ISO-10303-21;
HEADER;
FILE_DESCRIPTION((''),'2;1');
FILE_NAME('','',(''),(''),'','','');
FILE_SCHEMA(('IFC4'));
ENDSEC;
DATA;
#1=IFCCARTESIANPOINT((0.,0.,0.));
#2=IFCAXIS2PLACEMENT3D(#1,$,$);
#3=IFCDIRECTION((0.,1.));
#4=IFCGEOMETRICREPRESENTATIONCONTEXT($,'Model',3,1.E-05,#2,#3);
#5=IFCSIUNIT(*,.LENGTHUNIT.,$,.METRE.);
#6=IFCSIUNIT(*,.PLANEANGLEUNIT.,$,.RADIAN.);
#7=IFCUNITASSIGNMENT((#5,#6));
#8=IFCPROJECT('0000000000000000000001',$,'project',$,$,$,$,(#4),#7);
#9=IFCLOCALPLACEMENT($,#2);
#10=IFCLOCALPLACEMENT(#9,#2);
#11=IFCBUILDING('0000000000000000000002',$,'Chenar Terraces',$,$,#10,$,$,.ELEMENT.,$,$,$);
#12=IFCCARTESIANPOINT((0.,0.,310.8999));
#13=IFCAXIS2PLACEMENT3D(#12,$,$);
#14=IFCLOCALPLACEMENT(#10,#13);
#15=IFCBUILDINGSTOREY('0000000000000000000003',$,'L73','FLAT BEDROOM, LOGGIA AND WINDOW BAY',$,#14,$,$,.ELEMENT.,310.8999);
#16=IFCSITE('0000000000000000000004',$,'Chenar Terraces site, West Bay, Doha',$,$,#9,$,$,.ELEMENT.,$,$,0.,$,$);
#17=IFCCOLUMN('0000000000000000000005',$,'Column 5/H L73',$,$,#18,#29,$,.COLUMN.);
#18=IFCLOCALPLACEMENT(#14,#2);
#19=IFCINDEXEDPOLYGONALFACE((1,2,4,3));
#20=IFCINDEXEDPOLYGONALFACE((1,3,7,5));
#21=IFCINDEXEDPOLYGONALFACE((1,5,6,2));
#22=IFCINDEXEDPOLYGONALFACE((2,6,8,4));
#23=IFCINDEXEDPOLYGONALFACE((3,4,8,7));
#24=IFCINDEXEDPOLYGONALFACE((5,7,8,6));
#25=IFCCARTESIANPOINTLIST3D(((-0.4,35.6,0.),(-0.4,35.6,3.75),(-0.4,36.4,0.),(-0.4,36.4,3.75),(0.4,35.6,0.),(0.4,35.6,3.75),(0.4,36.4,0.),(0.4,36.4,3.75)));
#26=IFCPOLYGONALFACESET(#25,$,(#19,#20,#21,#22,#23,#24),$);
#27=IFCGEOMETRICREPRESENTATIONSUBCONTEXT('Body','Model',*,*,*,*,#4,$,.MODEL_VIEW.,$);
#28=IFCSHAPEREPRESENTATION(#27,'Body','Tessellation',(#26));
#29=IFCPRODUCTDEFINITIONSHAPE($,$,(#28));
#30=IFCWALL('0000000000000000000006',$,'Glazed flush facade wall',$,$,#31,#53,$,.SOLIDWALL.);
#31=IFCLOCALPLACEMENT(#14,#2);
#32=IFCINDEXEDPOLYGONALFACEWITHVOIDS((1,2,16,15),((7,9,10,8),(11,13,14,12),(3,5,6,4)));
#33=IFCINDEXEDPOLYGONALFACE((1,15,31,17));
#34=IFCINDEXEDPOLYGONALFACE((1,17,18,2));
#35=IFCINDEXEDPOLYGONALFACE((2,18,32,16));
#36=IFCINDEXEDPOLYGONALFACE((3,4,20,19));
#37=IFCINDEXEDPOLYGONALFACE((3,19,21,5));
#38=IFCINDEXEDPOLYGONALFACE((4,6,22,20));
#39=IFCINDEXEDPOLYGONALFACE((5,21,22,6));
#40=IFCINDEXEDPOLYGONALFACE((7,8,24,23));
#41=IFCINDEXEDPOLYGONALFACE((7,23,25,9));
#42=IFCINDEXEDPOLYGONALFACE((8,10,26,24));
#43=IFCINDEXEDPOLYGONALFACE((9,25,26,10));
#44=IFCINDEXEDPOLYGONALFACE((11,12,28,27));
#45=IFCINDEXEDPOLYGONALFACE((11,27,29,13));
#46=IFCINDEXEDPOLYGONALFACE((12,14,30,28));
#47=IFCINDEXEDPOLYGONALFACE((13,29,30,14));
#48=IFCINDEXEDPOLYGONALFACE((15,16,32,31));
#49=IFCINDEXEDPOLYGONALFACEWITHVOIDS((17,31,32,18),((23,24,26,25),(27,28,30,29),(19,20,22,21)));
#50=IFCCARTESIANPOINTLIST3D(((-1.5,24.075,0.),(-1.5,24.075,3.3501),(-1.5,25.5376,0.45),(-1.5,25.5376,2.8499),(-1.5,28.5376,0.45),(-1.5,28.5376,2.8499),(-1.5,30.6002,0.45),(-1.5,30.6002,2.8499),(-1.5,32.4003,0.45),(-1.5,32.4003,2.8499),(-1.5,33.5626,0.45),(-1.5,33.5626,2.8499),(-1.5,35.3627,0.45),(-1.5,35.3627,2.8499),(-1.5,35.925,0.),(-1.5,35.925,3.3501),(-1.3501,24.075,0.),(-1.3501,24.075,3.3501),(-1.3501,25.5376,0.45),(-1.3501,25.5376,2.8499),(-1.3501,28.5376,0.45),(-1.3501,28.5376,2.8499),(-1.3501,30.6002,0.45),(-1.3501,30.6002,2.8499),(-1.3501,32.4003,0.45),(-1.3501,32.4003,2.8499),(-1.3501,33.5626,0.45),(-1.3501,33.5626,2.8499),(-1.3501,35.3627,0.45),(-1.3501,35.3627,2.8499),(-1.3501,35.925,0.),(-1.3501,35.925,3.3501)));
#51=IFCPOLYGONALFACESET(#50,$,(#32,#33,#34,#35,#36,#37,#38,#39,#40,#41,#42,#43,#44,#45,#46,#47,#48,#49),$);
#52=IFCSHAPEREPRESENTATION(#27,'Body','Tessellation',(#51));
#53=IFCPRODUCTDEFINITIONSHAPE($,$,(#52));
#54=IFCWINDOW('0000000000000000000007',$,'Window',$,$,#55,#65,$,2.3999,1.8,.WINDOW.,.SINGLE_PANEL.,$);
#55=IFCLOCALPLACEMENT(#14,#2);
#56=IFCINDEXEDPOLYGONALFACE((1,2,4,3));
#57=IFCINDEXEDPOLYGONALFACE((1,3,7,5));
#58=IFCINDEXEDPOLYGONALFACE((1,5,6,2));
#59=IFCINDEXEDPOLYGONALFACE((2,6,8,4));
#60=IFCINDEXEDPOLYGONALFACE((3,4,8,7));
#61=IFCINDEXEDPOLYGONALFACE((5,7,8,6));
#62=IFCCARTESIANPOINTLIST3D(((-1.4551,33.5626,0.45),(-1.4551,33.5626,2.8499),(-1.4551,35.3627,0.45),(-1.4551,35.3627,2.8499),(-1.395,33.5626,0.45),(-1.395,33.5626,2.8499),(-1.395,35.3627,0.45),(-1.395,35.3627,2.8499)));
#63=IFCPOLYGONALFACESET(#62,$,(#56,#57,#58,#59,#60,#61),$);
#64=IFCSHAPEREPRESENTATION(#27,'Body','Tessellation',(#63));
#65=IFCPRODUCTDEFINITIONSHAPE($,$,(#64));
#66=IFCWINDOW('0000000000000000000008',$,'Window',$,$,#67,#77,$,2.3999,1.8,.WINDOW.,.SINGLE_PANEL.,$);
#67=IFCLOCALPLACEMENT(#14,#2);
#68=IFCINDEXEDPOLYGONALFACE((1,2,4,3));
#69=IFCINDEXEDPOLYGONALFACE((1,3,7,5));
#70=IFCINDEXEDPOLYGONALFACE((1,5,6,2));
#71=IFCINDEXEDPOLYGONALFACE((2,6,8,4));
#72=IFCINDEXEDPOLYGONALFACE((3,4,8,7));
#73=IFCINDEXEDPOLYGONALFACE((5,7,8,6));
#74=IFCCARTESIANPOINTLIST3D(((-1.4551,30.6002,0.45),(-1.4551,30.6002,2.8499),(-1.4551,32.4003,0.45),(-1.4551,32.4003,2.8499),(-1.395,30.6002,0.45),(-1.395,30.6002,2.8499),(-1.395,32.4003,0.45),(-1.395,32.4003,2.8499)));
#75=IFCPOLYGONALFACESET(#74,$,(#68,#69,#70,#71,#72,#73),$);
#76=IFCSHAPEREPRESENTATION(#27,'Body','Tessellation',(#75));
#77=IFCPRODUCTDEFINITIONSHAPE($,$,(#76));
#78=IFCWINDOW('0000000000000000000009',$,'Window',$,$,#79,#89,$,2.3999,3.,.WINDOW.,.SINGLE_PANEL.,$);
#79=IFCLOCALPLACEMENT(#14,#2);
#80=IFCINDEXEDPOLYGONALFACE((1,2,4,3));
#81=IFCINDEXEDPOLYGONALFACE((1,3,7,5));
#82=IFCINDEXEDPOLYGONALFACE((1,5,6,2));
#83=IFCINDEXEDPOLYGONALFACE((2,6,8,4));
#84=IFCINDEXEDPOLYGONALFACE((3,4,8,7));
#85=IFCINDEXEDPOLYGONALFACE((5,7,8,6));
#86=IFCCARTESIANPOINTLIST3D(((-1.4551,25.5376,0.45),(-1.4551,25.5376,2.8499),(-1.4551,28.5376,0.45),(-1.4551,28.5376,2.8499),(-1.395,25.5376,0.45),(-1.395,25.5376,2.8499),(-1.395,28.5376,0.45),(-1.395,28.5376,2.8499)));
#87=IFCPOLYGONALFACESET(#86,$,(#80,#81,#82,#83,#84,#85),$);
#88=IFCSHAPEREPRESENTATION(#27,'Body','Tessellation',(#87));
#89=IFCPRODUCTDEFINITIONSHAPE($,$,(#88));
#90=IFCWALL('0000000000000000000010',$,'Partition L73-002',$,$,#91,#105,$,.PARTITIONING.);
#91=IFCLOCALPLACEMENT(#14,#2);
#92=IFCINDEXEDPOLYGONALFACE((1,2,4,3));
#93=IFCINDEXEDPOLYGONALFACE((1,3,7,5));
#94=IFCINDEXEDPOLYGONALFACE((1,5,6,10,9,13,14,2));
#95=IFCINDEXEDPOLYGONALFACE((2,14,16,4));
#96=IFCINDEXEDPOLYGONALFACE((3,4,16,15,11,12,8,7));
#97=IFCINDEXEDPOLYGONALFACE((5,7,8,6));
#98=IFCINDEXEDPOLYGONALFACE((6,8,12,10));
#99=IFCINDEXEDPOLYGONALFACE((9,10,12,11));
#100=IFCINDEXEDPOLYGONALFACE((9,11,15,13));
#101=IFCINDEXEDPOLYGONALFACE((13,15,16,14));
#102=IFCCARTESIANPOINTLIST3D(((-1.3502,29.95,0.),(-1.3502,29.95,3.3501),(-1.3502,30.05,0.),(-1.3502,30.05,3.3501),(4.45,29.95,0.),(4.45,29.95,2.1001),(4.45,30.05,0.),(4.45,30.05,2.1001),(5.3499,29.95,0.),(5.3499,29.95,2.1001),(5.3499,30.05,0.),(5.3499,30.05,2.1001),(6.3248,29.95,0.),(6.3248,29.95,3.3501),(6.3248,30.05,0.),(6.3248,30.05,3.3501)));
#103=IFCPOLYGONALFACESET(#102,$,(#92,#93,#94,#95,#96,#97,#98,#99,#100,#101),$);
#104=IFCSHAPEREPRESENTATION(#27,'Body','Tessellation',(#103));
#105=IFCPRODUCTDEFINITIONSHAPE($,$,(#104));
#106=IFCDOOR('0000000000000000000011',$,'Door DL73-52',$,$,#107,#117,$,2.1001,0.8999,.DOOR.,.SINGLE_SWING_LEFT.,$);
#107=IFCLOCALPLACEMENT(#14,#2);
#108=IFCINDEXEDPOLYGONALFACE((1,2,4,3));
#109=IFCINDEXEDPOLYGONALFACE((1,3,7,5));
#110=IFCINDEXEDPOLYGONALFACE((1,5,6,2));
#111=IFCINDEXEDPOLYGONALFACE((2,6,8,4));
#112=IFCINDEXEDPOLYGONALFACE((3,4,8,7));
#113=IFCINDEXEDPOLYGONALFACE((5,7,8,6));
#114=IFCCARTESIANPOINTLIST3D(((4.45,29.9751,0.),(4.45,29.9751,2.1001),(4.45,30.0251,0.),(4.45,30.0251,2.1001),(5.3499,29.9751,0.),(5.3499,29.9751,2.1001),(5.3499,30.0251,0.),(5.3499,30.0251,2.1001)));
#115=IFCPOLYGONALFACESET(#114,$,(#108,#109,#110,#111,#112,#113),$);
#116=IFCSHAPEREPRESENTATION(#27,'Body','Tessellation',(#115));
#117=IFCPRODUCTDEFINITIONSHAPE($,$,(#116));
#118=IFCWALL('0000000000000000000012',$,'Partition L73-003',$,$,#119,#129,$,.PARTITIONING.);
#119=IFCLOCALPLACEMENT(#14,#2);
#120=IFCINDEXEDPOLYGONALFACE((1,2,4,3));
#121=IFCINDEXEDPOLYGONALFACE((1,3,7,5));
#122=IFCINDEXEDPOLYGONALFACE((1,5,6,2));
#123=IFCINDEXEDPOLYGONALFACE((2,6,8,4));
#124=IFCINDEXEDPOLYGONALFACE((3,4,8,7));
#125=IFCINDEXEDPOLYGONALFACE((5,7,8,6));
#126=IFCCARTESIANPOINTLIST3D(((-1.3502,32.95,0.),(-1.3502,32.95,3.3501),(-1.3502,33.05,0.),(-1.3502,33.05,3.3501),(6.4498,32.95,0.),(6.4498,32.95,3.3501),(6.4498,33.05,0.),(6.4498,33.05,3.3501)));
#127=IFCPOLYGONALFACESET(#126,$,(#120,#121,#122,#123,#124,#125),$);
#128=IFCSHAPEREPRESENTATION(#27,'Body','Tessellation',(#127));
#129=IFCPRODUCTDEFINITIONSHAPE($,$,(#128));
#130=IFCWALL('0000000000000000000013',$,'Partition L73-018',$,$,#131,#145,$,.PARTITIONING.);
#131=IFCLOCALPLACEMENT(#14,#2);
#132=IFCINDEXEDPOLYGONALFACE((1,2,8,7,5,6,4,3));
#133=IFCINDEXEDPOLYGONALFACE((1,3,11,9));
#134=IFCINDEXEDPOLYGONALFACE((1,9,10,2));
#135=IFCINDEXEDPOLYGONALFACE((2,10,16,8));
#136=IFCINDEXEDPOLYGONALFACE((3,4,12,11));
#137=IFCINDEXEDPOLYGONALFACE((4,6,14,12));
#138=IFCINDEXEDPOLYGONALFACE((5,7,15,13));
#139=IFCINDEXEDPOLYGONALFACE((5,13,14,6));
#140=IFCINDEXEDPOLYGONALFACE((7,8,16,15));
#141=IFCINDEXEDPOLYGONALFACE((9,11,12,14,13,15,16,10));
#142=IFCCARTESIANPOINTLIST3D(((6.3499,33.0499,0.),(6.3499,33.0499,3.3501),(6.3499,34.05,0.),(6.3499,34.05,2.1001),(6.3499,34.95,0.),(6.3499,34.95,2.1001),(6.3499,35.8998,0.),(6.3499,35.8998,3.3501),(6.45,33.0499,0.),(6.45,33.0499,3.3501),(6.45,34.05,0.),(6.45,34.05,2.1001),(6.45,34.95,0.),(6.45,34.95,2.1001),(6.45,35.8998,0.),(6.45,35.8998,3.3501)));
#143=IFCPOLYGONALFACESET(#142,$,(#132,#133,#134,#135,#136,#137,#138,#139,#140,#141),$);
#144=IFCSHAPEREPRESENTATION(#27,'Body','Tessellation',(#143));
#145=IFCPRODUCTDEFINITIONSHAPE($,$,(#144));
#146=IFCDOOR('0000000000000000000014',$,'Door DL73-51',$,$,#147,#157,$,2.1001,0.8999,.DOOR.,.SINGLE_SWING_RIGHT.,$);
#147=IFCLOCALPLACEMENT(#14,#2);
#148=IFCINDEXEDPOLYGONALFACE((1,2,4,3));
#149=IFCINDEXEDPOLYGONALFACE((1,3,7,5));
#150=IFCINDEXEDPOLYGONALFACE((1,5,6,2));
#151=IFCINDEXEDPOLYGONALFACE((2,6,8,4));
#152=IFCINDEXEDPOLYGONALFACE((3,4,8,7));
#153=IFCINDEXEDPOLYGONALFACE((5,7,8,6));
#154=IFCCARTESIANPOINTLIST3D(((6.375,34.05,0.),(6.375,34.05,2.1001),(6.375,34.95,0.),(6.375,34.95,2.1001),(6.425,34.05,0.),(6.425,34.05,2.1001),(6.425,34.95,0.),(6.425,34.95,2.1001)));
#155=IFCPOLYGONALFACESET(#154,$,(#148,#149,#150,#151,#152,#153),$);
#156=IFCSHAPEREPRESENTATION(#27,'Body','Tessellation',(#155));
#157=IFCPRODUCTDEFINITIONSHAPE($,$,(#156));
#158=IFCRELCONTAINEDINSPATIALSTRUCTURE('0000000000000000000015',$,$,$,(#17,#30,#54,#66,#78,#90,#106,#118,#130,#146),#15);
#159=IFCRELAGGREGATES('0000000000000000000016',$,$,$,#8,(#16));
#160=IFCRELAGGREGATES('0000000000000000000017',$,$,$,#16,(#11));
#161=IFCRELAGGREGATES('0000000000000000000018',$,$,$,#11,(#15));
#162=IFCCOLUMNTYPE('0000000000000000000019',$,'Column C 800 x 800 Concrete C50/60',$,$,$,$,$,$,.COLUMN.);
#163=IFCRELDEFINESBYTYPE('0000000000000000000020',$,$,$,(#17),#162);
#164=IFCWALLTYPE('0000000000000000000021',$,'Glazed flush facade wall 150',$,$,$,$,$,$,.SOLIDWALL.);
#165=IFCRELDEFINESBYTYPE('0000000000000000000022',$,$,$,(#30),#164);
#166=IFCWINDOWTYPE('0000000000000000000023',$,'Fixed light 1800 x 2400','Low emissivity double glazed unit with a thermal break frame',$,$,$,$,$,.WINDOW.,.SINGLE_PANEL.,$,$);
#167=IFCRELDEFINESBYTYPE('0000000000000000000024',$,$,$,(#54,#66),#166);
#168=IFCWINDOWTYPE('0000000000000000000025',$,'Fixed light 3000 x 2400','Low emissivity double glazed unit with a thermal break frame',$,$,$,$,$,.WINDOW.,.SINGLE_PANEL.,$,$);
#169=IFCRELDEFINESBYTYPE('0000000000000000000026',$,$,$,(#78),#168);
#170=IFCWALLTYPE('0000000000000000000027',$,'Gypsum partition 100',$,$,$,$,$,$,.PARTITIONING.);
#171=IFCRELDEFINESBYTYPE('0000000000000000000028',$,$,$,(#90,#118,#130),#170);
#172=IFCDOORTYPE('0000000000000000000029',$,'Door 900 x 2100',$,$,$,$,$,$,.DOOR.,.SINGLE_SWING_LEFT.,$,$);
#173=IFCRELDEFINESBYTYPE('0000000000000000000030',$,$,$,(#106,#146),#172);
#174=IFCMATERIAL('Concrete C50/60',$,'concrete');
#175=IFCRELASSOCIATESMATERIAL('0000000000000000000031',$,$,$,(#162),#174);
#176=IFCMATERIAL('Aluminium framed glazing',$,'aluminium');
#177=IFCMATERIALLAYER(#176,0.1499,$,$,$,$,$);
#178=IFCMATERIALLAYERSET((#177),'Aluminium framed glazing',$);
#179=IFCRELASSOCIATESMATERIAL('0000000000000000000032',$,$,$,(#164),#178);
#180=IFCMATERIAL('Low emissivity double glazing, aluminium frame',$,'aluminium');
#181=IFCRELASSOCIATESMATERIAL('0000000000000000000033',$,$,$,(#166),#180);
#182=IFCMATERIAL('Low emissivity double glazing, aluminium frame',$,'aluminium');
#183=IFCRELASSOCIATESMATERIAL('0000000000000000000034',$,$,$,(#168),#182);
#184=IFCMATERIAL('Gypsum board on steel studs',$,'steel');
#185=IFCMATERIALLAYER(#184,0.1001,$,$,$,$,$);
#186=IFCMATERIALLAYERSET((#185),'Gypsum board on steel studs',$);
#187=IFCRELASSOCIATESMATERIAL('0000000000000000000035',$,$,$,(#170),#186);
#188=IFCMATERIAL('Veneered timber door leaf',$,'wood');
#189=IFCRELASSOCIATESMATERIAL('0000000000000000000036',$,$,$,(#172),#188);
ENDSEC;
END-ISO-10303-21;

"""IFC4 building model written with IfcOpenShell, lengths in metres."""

from ifc_helpers import new_model, si_unit, direction, frame, frame_2d, origin, origin_2d, place, context, subcontext, project, spatial, rectangle, extrude, material, layer, layer_set, material_profile, profile_set, type_object, element, fill, save


model = new_model("IFC4")

# Units and contexts
model_context = context("Model", 3, precision=1e-05, world=origin(), true_north=direction((0.0, 1.0)))
body_context = subcontext(model_context, "Body", "Model", "MODEL_VIEW")
ifc_project = project(units=[si_unit("LENGTHUNIT", "METRE"), si_unit("PLANEANGLEUNIT", "RADIAN")], contexts=[model_context])

# Site, building, storey
site_placement = place(None, origin())
site = spatial("IfcSite", under=ifc_project, at=site_placement, Name="Chenar Terraces site, West Bay, Doha", CompositionType="ELEMENT", RefElevation=0.0)
building_placement = place(site_placement, origin())
building = spatial("IfcBuilding", under=site, at=building_placement, Name="Chenar Terraces", CompositionType="ELEMENT")
storey_placement = place(building_placement, frame((0.0, 0.0, 310.8999)))
storey = spatial("IfcBuildingStorey", under=building, at=storey_placement, Name="L73", Description="FLAT BEDROOM, LOGGIA AND WINDOW BAY", CompositionType="ELEMENT", Elevation=310.8999)

# Column
ifc_material_1 = material(Name="Concrete C50/60", Category="concrete")
ifc_material_profile_1 = material_profile(ifc_material_1, rectangle(XDim=0.8, YDim=0.8, at=origin_2d()), Name="C 800 x 800")
ifc_profile_set_1 = profile_set([ifc_material_profile_1], Name="Concrete C50/60")
column_type = type_object("IfcColumnType", Name="Column C 800 x 800 Concrete C50/60", PredefinedType="COLUMN", material=ifc_profile_set_1)
placement = place(storey_placement, frame((0.0, 36.0, 0.0), z_axis=(0.0, 0.0, 1.0), x_axis=(1.0, 0.0, 0.0)))
element("IfcColumn", 1, at=placement, inside=storey, type_object=column_type, Name="Column 5/H L73", PredefinedType="COLUMN", context=body_context, shape_type="SweptSolid", body=[
    extrude(rectangle(XDim=0.8, YDim=0.8, at=origin_2d()), origin(), (0.0, 0.0, 1.0), 3.75),
])

# Wall, openings, windows
ifc_material_2 = material(Name="Aluminium framed glazing", Category="aluminium")
ifc_layer_1 = layer(ifc_material_2, 0.1499)
ifc_layer_set_1 = layer_set([ifc_layer_1], Name="Aluminium framed glazing")
wall_type_1 = type_object("IfcWallType", Name="Glazed flush facade wall 150", PredefinedType="SOLIDWALL", material=ifc_layer_set_1)
wall_1_placement = place(storey_placement, frame((-1.425, 35.925, 0.0), z_axis=(0.0, 0.0, 1.0), x_axis=(0.0, -1.0, 0.0)))
wall_1 = element("IfcWall", 2, at=wall_1_placement, inside=storey, type_object=wall_type_1, Name="Glazed flush facade wall", PredefinedType="SOLIDWALL", context=body_context, shape_type="SweptSolid", body=[
    extrude(rectangle(XDim=11.8501, YDim=0.1499, at=frame_2d((5.925, 0.0))), origin(), (0.0, 0.0, 1.0), 3.3501),
])
opening_1_placement = place(wall_1_placement, frame((0.5625, 0.0, 0.45)))
opening_1 = element("IfcOpeningElement", 3, at=opening_1_placement, cuts=wall_1, PredefinedType="OPENING", context=body_context, shape_type="SweptSolid", body=[
    extrude(rectangle(XDim=1.8, YDim=2.3999, at=frame_2d((0.8999, 1.2))), frame((0.0, 0.085, 0.0), z_axis=(0.0, -1.0, 0.0), x_axis=(1.0, 0.0, 0.0)), (0.0, 0.0, 1.0), 0.1699),
])
opening_2_placement = place(wall_1_placement, frame((3.5249, 0.0, 0.45)))
opening_2 = element("IfcOpeningElement", 4, at=opening_2_placement, cuts=wall_1, PredefinedType="OPENING", context=body_context, shape_type="SweptSolid", body=[
    extrude(rectangle(XDim=1.8, YDim=2.3999, at=frame_2d((0.8999, 1.2))), frame((0.0, 0.085, 0.0), z_axis=(0.0, -1.0, 0.0), x_axis=(1.0, 0.0, 0.0)), (0.0, 0.0, 1.0), 0.1699),
])
opening_3_placement = place(wall_1_placement, frame((7.3875, 0.0, 0.45)))
opening_3 = element("IfcOpeningElement", 5, at=opening_3_placement, cuts=wall_1, PredefinedType="OPENING", context=body_context, shape_type="SweptSolid", body=[
    extrude(rectangle(XDim=3.0, YDim=2.3999, at=frame_2d((1.5, 1.2))), frame((0.0, 0.085, 0.0), z_axis=(0.0, -1.0, 0.0), x_axis=(1.0, 0.0, 0.0)), (0.0, 0.0, 1.0), 0.1699),
])
ifc_material_3 = material(Name="Low emissivity double glazing, aluminium frame", Category="aluminium")
window_type_1 = type_object("IfcWindowType", Name="Fixed light 1800 x 2400", Description="Low emissivity double glazed unit with a thermal break frame", PartitioningType="SINGLE_PANEL", PredefinedType="WINDOW", material=ifc_material_3)
window_1_placement = place(opening_1_placement, origin())
window_1 = element("IfcWindow", 6, at=window_1_placement, inside=storey, type_object=window_type_1, Name="Window", OverallHeight=2.3999, OverallWidth=1.8, PartitioningType="SINGLE_PANEL", PredefinedType="WINDOW", context=body_context, shape_type="SweptSolid", body=[
    extrude(rectangle(XDim=1.8, YDim=2.3999, at=frame_2d((0.8999, 1.2))), frame((0.0, 0.03, 0.0), z_axis=(0.0, -1.0, 0.0), x_axis=(1.0, 0.0, 0.0)), (0.0, 0.0, 1.0), 0.0601),
])
fill(opening_1, window_1)
window_2_placement = place(opening_2_placement, origin())
window_2 = element("IfcWindow", 7, at=window_2_placement, inside=storey, type_object=window_type_1, Name="Window", OverallHeight=2.3999, OverallWidth=1.8, PartitioningType="SINGLE_PANEL", PredefinedType="WINDOW", context=body_context, shape_type="SweptSolid", body=[
    extrude(rectangle(XDim=1.8, YDim=2.3999, at=frame_2d((0.8999, 1.2))), frame((0.0, 0.03, 0.0), z_axis=(0.0, -1.0, 0.0), x_axis=(1.0, 0.0, 0.0)), (0.0, 0.0, 1.0), 0.0601),
])
fill(opening_2, window_2)
ifc_material_4 = material(Name="Low emissivity double glazing, aluminium frame", Category="aluminium")
window_type_2 = type_object("IfcWindowType", Name="Fixed light 3000 x 2400", Description="Low emissivity double glazed unit with a thermal break frame", PartitioningType="SINGLE_PANEL", PredefinedType="WINDOW", material=ifc_material_4)
window_3_placement = place(opening_3_placement, origin())
window_3 = element("IfcWindow", 8, at=window_3_placement, inside=storey, type_object=window_type_2, Name="Window", OverallHeight=2.3999, OverallWidth=3.0, PartitioningType="SINGLE_PANEL", PredefinedType="WINDOW", context=body_context, shape_type="SweptSolid", body=[
    extrude(rectangle(XDim=3.0, YDim=2.3999, at=frame_2d((1.5, 1.2))), frame((0.0, 0.03, 0.0), z_axis=(0.0, -1.0, 0.0), x_axis=(1.0, 0.0, 0.0)), (0.0, 0.0, 1.0), 0.0601),
])
fill(opening_3, window_3)

# Wall, opening, door
ifc_material_5 = material(Name="Gypsum board on steel studs", Category="steel")
ifc_layer_2 = layer(ifc_material_5, 0.1001)
ifc_layer_set_2 = layer_set([ifc_layer_2], Name="Gypsum board on steel studs")
wall_type_2 = type_object("IfcWallType", Name="Gypsum partition 100", PredefinedType="PARTITIONING", material=ifc_layer_set_2)
wall_2_placement = place(storey_placement, frame((-1.3501, 30.0, 0.0), z_axis=(0.0, 0.0, 1.0), x_axis=(1.0, 0.0, 0.0)))
wall_2 = element("IfcWall", 9, at=wall_2_placement, inside=storey, type_object=wall_type_2, Name="Partition L73-002", PredefinedType="PARTITIONING", context=body_context, shape_type="SweptSolid", body=[
    extrude(rectangle(XDim=7.675, YDim=0.1001, at=frame_2d((3.8374, 0.0))), origin(), (0.0, 0.0, 1.0), 3.3501),
])
opening_4_placement = place(wall_2_placement, frame((5.8, 0.0, 0.0)))
opening_4 = element("IfcOpeningElement", 10, at=opening_4_placement, cuts=wall_2, PredefinedType="OPENING", context=body_context, shape_type="SweptSolid", body=[
    extrude(rectangle(XDim=0.8999, YDim=2.1001, at=frame_2d((0.45, 1.05))), frame((0.0, 0.0601, 0.0), z_axis=(0.0, -1.0, 0.0), x_axis=(1.0, 0.0, 0.0)), (0.0, 0.0, 1.0), 0.1201),
])
ifc_material_6 = material(Name="Veneered timber door leaf", Category="wood")
door_type_1 = type_object("IfcDoorType", Name="Door 900 x 2100", OperationType="SINGLE_SWING_LEFT", PredefinedType="DOOR", material=ifc_material_6)
door_1_placement = place(opening_4_placement, frame((0.8999, 0.0, 0.0), z_axis=(0.0, 0.0, 1.0), x_axis=(-1.0, 0.0, 0.0)))
door_1 = element("IfcDoor", 11, at=door_1_placement, inside=storey, type_object=door_type_1, Name="Door DL73-52", OperationType="SINGLE_SWING_LEFT", OverallHeight=2.1001, OverallWidth=0.8999, PredefinedType="DOOR", context=body_context, shape_type="SweptSolid", body=[
    extrude(rectangle(XDim=0.8999, YDim=2.1001, at=frame_2d((0.45, 1.05))), frame((0.0, 0.0249, 0.0), z_axis=(0.0, -1.0, 0.0), x_axis=(1.0, 0.0, 0.0)), (0.0, 0.0, 1.0), 0.05),
])
fill(opening_4, door_1)

# Wall
wall_3_placement = place(storey_placement, frame((-1.3501, 33.0, 0.0), z_axis=(0.0, 0.0, 1.0), x_axis=(1.0, 0.0, 0.0)))
element("IfcWall", 12, at=wall_3_placement, inside=storey, type_object=wall_type_2, Name="Partition L73-003", PredefinedType="PARTITIONING", context=body_context, shape_type="SweptSolid", body=[
    extrude(rectangle(XDim=7.8, YDim=0.1001, at=frame_2d((3.8999, 0.0))), origin(), (0.0, 0.0, 1.0), 3.3501),
])

# Wall, opening, door
wall_4_placement = place(storey_placement, frame((6.3999, 33.05, 0.0), z_axis=(0.0, 0.0, 1.0), x_axis=(0.0, 1.0, 0.0)))
wall_4 = element("IfcWall", 13, at=wall_4_placement, inside=storey, type_object=wall_type_2, Name="Partition L73-018", PredefinedType="PARTITIONING", context=body_context, shape_type="SweptSolid", body=[
    extrude(rectangle(XDim=2.8499, YDim=0.1001, at=frame_2d((1.4248, 0.0))), origin(), (0.0, 0.0, 1.0), 3.3501),
])
opening_5_placement = place(wall_4_placement, frame((1.0, 0.0, 0.0)))
opening_5 = element("IfcOpeningElement", 14, at=opening_5_placement, cuts=wall_4, PredefinedType="OPENING", context=body_context, shape_type="SweptSolid", body=[
    extrude(rectangle(XDim=0.8999, YDim=2.1001, at=frame_2d((0.45, 1.05))), frame((0.0, 0.0601, 0.0), z_axis=(0.0, -1.0, 0.0), x_axis=(1.0, 0.0, 0.0)), (0.0, 0.0, 1.0), 0.1201),
])
door_2_placement = place(opening_5_placement, origin())
door_2 = element("IfcDoor", 15, at=door_2_placement, inside=storey, type_object=door_type_1, Name="Door DL73-51", OperationType="SINGLE_SWING_RIGHT", OverallHeight=2.1001, OverallWidth=0.8999, PredefinedType="DOOR", context=body_context, shape_type="SweptSolid", body=[
    extrude(rectangle(XDim=0.8999, YDim=2.1001, at=frame_2d((0.45, 1.05))), frame((0.0, 0.0249, 0.0), z_axis=(0.0, -1.0, 0.0), x_axis=(1.0, 0.0, 0.0)), (0.0, 0.0, 1.0), 0.05),
])
fill(opening_5, door_2)

save(model, "model.ifc")
